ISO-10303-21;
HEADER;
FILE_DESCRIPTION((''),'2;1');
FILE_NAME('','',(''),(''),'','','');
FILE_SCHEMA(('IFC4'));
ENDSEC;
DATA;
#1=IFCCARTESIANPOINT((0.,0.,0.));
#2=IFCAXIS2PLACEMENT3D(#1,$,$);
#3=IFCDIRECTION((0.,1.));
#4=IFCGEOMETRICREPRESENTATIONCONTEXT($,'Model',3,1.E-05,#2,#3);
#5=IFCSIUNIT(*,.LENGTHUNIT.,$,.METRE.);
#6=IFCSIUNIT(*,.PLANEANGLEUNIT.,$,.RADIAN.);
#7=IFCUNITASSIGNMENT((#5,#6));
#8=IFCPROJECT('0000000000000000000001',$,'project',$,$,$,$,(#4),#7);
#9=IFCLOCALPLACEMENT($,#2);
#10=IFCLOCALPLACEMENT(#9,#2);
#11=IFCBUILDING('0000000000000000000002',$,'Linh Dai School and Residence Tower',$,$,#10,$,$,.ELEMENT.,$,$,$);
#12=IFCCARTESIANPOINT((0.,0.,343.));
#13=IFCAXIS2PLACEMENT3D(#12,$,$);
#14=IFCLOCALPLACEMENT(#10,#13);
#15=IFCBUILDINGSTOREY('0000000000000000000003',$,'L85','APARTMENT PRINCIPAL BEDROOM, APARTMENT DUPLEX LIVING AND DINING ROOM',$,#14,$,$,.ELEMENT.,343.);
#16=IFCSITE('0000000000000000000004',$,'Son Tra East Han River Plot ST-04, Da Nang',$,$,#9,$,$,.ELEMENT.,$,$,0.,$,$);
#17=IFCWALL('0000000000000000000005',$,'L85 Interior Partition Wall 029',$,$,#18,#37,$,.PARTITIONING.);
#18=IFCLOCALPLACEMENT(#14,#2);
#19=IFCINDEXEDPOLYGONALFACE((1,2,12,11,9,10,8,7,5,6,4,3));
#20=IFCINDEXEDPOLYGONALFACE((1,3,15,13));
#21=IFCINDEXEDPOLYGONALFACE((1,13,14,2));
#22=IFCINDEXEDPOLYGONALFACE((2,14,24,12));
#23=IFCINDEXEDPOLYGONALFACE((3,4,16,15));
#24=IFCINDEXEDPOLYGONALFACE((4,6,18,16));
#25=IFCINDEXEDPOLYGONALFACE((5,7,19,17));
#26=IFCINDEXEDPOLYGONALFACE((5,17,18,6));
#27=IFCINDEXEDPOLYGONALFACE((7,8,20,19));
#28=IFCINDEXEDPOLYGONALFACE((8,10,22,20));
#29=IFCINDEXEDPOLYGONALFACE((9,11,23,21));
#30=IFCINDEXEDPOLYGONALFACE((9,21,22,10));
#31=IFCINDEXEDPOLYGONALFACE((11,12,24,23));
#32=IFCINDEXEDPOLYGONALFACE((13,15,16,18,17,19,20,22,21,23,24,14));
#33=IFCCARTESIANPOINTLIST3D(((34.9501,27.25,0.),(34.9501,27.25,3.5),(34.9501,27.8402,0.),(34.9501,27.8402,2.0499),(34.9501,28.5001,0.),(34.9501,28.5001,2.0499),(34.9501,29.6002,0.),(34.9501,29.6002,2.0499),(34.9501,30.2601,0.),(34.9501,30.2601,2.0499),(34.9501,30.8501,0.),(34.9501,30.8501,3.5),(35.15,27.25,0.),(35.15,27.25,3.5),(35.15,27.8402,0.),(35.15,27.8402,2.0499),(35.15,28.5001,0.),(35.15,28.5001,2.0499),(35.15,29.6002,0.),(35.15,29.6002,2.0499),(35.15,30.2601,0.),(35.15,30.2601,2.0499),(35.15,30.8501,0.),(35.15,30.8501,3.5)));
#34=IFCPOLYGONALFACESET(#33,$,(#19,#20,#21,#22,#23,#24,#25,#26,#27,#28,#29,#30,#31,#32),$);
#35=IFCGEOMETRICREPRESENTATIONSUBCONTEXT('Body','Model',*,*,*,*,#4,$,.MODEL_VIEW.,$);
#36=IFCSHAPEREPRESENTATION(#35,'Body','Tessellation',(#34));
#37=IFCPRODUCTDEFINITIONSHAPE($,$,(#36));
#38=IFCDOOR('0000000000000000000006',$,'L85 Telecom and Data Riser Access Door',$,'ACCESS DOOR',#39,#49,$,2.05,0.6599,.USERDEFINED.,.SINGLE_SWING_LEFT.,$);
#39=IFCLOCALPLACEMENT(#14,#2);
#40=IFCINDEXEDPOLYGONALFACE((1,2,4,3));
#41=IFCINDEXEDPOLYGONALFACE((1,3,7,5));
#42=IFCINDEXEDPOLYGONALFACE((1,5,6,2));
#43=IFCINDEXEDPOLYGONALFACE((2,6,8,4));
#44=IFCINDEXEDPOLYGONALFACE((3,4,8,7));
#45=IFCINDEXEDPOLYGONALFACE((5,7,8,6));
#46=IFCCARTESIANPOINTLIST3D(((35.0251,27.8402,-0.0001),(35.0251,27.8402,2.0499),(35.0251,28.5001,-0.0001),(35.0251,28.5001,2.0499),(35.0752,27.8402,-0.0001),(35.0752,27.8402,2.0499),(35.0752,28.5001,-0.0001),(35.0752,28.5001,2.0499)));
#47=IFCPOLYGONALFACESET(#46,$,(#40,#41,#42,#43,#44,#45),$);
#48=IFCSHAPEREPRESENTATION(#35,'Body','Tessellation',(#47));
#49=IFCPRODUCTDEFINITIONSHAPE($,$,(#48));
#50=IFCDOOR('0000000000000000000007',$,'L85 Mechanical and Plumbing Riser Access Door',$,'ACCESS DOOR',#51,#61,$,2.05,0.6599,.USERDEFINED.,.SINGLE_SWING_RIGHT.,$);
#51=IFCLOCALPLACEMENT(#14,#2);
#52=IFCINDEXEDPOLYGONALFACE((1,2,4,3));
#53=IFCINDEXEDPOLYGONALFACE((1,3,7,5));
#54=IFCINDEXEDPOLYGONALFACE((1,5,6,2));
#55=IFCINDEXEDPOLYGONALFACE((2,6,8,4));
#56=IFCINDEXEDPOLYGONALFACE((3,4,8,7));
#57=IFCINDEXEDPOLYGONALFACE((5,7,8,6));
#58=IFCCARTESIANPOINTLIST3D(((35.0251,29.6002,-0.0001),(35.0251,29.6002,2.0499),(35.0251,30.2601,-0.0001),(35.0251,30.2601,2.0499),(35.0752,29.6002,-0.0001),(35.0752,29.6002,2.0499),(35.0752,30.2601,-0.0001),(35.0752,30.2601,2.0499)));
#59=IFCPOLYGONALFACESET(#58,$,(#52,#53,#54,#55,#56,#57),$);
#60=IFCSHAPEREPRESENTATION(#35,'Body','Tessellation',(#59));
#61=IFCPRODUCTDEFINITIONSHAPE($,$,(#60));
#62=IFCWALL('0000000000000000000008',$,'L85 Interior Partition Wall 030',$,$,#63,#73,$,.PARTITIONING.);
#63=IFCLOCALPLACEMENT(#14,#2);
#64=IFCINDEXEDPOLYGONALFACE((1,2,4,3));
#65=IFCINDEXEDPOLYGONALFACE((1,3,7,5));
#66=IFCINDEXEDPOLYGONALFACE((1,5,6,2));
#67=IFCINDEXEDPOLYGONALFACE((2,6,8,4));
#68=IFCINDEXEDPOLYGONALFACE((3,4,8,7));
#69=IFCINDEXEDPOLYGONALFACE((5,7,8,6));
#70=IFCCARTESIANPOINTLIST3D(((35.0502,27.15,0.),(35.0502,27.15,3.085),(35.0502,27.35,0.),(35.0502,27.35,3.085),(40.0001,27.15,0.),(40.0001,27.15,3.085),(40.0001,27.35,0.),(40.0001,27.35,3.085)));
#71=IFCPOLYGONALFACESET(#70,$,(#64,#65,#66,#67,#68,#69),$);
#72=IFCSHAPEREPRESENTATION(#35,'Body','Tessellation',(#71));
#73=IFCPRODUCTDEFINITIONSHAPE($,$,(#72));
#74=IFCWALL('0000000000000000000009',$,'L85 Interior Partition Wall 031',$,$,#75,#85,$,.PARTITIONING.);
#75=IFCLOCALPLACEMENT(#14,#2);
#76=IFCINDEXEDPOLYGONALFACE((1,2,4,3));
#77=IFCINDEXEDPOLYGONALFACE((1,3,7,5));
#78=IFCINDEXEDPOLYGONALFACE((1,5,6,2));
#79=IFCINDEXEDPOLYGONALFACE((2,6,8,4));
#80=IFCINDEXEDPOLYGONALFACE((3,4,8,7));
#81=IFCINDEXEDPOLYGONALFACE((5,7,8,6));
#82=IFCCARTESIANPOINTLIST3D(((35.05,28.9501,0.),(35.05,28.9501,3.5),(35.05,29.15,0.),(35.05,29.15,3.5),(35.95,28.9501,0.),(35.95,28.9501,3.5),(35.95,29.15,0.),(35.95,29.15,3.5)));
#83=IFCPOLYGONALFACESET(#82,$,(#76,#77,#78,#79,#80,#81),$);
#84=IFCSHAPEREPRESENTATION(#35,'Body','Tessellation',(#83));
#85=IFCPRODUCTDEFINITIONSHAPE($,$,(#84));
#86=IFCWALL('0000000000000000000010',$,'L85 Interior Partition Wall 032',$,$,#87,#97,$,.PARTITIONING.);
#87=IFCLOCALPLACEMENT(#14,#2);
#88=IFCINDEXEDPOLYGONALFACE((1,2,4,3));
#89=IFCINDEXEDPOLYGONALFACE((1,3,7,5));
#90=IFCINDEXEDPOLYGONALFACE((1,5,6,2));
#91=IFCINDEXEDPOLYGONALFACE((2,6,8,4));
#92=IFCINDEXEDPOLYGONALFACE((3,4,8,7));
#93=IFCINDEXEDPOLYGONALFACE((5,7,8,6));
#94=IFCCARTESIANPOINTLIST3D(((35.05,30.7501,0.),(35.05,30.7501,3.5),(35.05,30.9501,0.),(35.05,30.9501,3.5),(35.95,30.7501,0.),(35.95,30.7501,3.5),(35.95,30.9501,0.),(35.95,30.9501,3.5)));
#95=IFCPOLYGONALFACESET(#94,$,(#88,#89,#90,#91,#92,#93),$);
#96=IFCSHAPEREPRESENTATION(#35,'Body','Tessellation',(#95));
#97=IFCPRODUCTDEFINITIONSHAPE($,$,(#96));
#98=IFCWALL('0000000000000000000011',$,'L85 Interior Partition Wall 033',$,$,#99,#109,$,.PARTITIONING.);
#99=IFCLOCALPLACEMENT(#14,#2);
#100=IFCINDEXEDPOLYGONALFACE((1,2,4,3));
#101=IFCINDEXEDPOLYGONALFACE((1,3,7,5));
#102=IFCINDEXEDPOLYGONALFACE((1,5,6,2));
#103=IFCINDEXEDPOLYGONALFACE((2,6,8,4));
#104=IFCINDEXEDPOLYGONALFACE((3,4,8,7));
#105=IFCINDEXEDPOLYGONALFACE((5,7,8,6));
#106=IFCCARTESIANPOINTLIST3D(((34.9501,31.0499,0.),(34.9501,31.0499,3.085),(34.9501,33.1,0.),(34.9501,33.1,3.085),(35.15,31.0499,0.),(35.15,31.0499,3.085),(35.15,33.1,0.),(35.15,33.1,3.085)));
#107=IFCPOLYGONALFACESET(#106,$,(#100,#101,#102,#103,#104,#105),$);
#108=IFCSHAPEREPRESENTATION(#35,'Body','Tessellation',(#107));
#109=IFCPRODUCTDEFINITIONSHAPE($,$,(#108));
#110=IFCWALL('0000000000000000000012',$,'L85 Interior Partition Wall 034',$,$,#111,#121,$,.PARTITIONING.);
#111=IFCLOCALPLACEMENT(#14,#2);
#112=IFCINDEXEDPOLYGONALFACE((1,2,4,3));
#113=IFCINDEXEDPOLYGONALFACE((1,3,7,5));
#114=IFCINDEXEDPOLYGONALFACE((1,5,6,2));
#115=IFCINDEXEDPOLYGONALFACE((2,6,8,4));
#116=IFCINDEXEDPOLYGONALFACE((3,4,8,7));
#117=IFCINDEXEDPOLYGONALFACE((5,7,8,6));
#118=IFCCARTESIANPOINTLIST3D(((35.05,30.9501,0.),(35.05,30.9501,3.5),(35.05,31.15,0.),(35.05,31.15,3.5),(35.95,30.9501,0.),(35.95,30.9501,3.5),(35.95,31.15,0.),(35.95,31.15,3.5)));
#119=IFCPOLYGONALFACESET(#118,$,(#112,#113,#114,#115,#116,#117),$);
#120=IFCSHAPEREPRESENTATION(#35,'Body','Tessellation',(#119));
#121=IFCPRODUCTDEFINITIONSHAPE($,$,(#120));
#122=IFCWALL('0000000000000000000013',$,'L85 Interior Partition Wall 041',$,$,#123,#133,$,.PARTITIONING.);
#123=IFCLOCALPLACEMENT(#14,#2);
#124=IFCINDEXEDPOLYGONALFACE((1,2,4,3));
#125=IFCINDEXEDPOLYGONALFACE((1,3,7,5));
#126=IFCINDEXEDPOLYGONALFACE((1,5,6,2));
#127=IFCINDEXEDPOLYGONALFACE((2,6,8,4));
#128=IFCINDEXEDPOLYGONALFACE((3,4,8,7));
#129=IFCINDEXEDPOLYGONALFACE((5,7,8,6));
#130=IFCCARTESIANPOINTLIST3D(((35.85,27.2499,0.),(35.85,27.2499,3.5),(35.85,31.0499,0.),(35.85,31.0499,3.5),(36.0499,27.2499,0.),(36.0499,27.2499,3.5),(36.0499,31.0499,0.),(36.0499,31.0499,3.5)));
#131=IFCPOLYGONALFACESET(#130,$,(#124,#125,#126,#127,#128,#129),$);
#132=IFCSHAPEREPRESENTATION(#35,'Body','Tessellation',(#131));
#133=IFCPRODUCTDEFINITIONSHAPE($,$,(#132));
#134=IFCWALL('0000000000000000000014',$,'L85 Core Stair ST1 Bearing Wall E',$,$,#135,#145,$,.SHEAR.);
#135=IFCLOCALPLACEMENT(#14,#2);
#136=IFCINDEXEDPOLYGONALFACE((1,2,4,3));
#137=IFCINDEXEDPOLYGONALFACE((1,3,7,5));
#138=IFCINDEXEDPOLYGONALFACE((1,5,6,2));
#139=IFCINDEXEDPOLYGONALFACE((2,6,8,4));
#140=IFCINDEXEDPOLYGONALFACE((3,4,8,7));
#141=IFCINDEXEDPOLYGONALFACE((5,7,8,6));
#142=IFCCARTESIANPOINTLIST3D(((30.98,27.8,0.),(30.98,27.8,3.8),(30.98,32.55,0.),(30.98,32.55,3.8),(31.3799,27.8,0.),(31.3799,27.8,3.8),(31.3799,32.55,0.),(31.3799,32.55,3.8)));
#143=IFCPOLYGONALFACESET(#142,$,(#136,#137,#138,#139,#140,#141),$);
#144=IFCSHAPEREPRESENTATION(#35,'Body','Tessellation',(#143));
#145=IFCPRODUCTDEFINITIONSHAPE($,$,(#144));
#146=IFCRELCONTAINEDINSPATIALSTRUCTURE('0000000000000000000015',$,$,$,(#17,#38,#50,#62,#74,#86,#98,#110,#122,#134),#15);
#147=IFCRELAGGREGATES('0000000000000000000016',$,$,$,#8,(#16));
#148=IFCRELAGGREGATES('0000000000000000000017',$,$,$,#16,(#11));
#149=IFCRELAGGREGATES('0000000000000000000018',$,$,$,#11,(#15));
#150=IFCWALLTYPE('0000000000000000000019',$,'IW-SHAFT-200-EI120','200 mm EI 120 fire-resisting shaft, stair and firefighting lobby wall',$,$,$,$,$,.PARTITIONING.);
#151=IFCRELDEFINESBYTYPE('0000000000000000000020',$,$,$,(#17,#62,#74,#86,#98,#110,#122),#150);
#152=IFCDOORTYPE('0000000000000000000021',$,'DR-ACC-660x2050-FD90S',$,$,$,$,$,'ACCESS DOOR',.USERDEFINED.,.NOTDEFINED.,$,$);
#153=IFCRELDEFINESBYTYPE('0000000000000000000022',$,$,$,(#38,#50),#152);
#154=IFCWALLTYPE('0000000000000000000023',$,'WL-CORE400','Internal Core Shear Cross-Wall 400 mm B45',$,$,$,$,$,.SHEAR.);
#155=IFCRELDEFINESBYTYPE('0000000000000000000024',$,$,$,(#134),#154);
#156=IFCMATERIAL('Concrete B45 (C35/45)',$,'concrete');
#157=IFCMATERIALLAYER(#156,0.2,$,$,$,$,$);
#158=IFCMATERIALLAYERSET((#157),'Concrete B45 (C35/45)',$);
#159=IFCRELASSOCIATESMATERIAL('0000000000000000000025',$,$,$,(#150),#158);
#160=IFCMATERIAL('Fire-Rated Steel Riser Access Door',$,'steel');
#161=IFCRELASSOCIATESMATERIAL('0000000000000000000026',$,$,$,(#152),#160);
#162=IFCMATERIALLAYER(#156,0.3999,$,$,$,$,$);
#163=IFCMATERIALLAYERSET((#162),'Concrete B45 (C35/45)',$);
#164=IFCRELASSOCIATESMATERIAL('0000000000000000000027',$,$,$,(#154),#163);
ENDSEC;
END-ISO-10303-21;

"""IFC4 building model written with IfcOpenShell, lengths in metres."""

from ifc_helpers import new_model, si_unit, direction, frame, frame_2d, origin, origin_2d, place, context, subcontext, project, spatial, rectangle, extrude, source, transform, mapped, material, layer, layer_set, type_object, element, fill, save


model = new_model("IFC4")

# Units and contexts
model_context = context("Model", 3, precision=1e-05, world=origin(), true_north=direction((0.0, 1.0)))
body_context = subcontext(model_context, "Body", "Model", "MODEL_VIEW")
ifc_project = project(units=[si_unit("LENGTHUNIT", "METRE"), si_unit("PLANEANGLEUNIT", "RADIAN")], contexts=[model_context])

# Site, building, storey
site_placement = place(None, origin())
site = spatial("IfcSite", under=ifc_project, at=site_placement, Name="Son Tra East Han River Plot ST-04, Da Nang", CompositionType="ELEMENT", RefElevation=0.0)
building_placement = place(site_placement, origin())
building = spatial("IfcBuilding", under=site, at=building_placement, Name="Linh Dai School and Residence Tower", CompositionType="ELEMENT")
storey_placement = place(building_placement, frame((0.0, 0.0, 343.0)))
storey = spatial("IfcBuildingStorey", under=building, at=storey_placement, Name="L85", Description="APARTMENT PRINCIPAL BEDROOM, APARTMENT DUPLEX LIVING AND DINING ROOM", CompositionType="ELEMENT", Elevation=343.0)

# Shared definitions
ifc_material_1 = material(Name="Concrete B45 (C35/45)", Category="concrete")
ifc_layer_1 = layer(ifc_material_1, 0.2)
ifc_layer_set_1 = layer_set([ifc_layer_1], Name="Concrete B45 (C35/45)")
wall_type_1 = type_object("IfcWallType", Name="IW-SHAFT-200-EI120", Description="200 mm EI 120 fire-resisting shaft, stair and firefighting lobby wall", PredefinedType="PARTITIONING", material=ifc_layer_set_1)
ifc_material_2 = material(Name="Fire-Rated Steel Riser Access Door", Category="steel")
door_type_1 = type_object("IfcDoorType", Name="DR-ACC-660x2050-FD90S", ElementType="ACCESS DOOR", OperationType="NOTDEFINED", PredefinedType="USERDEFINED", material=ifc_material_2)
shared_shape_1 = source(origin(), body_context, "Body", "SweptSolid", [
    extrude(rectangle(XDim=0.6599, YDim=2.05, at=origin_2d()), frame((0.3301, 0.0249, 1.0249), z_axis=(0.0, -1.0, 0.0), x_axis=(1.0, 0.0, 0.0)), (0.0, 0.0, 1.0), 0.05),
])

# Wall, openings, doors
wall_1_placement = place(storey_placement, frame((35.05, 27.25, 0.0), z_axis=(0.0, 0.0, 1.0), x_axis=(0.0, 1.0, 0.0)))
wall_1 = element("IfcWall", 1, at=wall_1_placement, inside=storey, type_object=wall_type_1, Name="L85 Interior Partition Wall 029", PredefinedType="PARTITIONING", context=body_context, shape_type="SweptSolid", body=[
    extrude(rectangle(XDim=3.6001, YDim=0.2, at=frame_2d((1.8, 0.0))), origin(), (0.0, 0.0, 1.0), 3.5),
])
opening_1_placement = place(wall_1_placement, frame((0.5901, 0.0, 0.0)))
opening_1 = element("IfcOpeningElement", 2, at=opening_1_placement, cuts=wall_1, PredefinedType="OPENING", context=body_context, shape_type="SweptSolid", body=[
    extrude(rectangle(XDim=0.6599, YDim=2.05, at=origin_2d()), frame((0.3301, 0.1099, 1.0249), z_axis=(0.0, -1.0, 0.0), x_axis=(1.0, 0.0, 0.0)), (0.0, 0.0, 1.0), 0.22),
])
opening_2_placement = place(wall_1_placement, frame((2.3501, 0.0, 0.0)))
opening_2 = element("IfcOpeningElement", 3, at=opening_2_placement, cuts=wall_1, PredefinedType="OPENING", context=body_context, shape_type="SweptSolid", body=[
    extrude(rectangle(XDim=0.6599, YDim=2.05, at=origin_2d()), frame((0.3301, 0.1099, 1.0249), z_axis=(0.0, -1.0, 0.0), x_axis=(1.0, 0.0, 0.0)), (0.0, 0.0, 1.0), 0.22),
])
door_1_placement = place(opening_1_placement, origin())
door_1 = element("IfcDoor", 4, at=door_1_placement, inside=storey, type_object=door_type_1, Name="L85 Telecom and Data Riser Access Door", ObjectType="ACCESS DOOR", OperationType="SINGLE_SWING_LEFT", OverallHeight=2.05, OverallWidth=0.6599, PredefinedType="USERDEFINED", context=body_context, shape_type="MappedRepresentation", body=[
    mapped(shared_shape_1, transform((0.0, 0.0, 0.0), x_axis=(1.0, 0.0, 0.0), y_axis=(0.0, 1.0, 0.0), z_axis=(0.0, 0.0, 1.0), scale=1.0)),
])
fill(opening_1, door_1)
door_2_placement = place(opening_2_placement, origin())
door_2 = element("IfcDoor", 5, at=door_2_placement, inside=storey, type_object=door_type_1, Name="L85 Mechanical and Plumbing Riser Access Door", ObjectType="ACCESS DOOR", OperationType="SINGLE_SWING_RIGHT", OverallHeight=2.05, OverallWidth=0.6599, PredefinedType="USERDEFINED", context=body_context, shape_type="MappedRepresentation", body=[
    mapped(shared_shape_1, transform((0.0, 0.0, 0.0), x_axis=(1.0, 0.0, 0.0), y_axis=(0.0, 1.0, 0.0), z_axis=(0.0, 0.0, 1.0), scale=1.0)),
])
fill(opening_2, door_2)

# Walls
wall_2_placement = place(storey_placement, frame((35.05, 27.25, 0.0), z_axis=(0.0, 0.0, 1.0), x_axis=(1.0, 0.0, 0.0)))
element("IfcWall", 6, at=wall_2_placement, inside=storey, type_object=wall_type_1, Name="L85 Interior Partition Wall 030", PredefinedType="PARTITIONING", context=body_context, shape_type="SweptSolid", body=[
    extrude(rectangle(XDim=4.95, YDim=0.2, at=frame_2d((2.4751, 0.0))), origin(), (0.0, 0.0, 1.0), 3.085),
])
for number, where, z_axis, x_axis, name in (
    (7, (35.05, 29.05, 0.0), (0.0, 0.0, 1.0), (1.0, 0.0, 0.0), "L85 Interior Partition Wall 031"),
    (8, (35.05, 30.8501, 0.0), (0.0, 0.0, 1.0), (1.0, 0.0, 0.0), "L85 Interior Partition Wall 032"),
):
    element("IfcWall", number, at=place(storey_placement, frame(where, z_axis=z_axis, x_axis=x_axis)), inside=storey, type_object=wall_type_1, Name=name, PredefinedType="PARTITIONING", context=body_context, shape_type="SweptSolid", body=[
        extrude(rectangle(XDim=0.8999, YDim=0.2, at=frame_2d((0.45, 0.0))), origin(), (0.0, 0.0, 1.0), 3.5),
    ])
wall_3_placement = place(storey_placement, frame((35.05, 31.05, 0.0), z_axis=(0.0, 0.0, 1.0), x_axis=(0.0, 1.0, 0.0)))
element("IfcWall", 9, at=wall_3_placement, inside=storey, type_object=wall_type_1, Name="L85 Interior Partition Wall 033", PredefinedType="PARTITIONING", context=body_context, shape_type="SweptSolid", body=[
    extrude(rectangle(XDim=2.05, YDim=0.2, at=frame_2d((1.0249, 0.0))), origin(), (0.0, 0.0, 1.0), 3.085),
])
wall_4_placement = place(storey_placement, frame((35.05, 31.05, 0.0), z_axis=(0.0, 0.0, 1.0), x_axis=(1.0, 0.0, 0.0)))
element("IfcWall", 10, at=wall_4_placement, inside=storey, type_object=wall_type_1, Name="L85 Interior Partition Wall 034", PredefinedType="PARTITIONING", context=body_context, shape_type="SweptSolid", body=[
    extrude(rectangle(XDim=0.8999, YDim=0.2, at=frame_2d((0.45, 0.0))), origin(), (0.0, 0.0, 1.0), 3.5),
])
wall_5_placement = place(storey_placement, frame((35.95, 27.25, 0.0), z_axis=(0.0, 0.0, 1.0), x_axis=(0.0, 1.0, 0.0)))
element("IfcWall", 11, at=wall_5_placement, inside=storey, type_object=wall_type_1, Name="L85 Interior Partition Wall 041", PredefinedType="PARTITIONING", context=body_context, shape_type="SweptSolid", body=[
    extrude(rectangle(XDim=3.8, YDim=0.2, at=frame_2d((1.8999, 0.0))), origin(), (0.0, 0.0, 1.0), 3.5),
])

# Wall
ifc_layer_2 = layer(ifc_material_1, 0.3999)
ifc_layer_set_2 = layer_set([ifc_layer_2], Name="Concrete B45 (C35/45)")
wall_type_2 = type_object("IfcWallType", Name="WL-CORE400", Description="Internal Core Shear Cross-Wall 400 mm B45", PredefinedType="SHEAR", material=ifc_layer_set_2)
wall_6_placement = place(storey_placement, frame((31.1799, 27.8, 0.0), z_axis=(0.0, 0.0, 1.0), x_axis=(0.0, 1.0, 0.0)))
element("IfcWall", 12, at=wall_6_placement, inside=storey, type_object=wall_type_2, Name="L85 Core Stair ST1 Bearing Wall E", PredefinedType="SHEAR", context=body_context, shape_type="SweptSolid", body=[
    extrude(rectangle(XDim=4.75, YDim=0.3999, at=frame_2d((2.375, 0.0))), origin(), (0.0, 0.0, 1.0), 3.8),
])

save(model, "model.ifc")
